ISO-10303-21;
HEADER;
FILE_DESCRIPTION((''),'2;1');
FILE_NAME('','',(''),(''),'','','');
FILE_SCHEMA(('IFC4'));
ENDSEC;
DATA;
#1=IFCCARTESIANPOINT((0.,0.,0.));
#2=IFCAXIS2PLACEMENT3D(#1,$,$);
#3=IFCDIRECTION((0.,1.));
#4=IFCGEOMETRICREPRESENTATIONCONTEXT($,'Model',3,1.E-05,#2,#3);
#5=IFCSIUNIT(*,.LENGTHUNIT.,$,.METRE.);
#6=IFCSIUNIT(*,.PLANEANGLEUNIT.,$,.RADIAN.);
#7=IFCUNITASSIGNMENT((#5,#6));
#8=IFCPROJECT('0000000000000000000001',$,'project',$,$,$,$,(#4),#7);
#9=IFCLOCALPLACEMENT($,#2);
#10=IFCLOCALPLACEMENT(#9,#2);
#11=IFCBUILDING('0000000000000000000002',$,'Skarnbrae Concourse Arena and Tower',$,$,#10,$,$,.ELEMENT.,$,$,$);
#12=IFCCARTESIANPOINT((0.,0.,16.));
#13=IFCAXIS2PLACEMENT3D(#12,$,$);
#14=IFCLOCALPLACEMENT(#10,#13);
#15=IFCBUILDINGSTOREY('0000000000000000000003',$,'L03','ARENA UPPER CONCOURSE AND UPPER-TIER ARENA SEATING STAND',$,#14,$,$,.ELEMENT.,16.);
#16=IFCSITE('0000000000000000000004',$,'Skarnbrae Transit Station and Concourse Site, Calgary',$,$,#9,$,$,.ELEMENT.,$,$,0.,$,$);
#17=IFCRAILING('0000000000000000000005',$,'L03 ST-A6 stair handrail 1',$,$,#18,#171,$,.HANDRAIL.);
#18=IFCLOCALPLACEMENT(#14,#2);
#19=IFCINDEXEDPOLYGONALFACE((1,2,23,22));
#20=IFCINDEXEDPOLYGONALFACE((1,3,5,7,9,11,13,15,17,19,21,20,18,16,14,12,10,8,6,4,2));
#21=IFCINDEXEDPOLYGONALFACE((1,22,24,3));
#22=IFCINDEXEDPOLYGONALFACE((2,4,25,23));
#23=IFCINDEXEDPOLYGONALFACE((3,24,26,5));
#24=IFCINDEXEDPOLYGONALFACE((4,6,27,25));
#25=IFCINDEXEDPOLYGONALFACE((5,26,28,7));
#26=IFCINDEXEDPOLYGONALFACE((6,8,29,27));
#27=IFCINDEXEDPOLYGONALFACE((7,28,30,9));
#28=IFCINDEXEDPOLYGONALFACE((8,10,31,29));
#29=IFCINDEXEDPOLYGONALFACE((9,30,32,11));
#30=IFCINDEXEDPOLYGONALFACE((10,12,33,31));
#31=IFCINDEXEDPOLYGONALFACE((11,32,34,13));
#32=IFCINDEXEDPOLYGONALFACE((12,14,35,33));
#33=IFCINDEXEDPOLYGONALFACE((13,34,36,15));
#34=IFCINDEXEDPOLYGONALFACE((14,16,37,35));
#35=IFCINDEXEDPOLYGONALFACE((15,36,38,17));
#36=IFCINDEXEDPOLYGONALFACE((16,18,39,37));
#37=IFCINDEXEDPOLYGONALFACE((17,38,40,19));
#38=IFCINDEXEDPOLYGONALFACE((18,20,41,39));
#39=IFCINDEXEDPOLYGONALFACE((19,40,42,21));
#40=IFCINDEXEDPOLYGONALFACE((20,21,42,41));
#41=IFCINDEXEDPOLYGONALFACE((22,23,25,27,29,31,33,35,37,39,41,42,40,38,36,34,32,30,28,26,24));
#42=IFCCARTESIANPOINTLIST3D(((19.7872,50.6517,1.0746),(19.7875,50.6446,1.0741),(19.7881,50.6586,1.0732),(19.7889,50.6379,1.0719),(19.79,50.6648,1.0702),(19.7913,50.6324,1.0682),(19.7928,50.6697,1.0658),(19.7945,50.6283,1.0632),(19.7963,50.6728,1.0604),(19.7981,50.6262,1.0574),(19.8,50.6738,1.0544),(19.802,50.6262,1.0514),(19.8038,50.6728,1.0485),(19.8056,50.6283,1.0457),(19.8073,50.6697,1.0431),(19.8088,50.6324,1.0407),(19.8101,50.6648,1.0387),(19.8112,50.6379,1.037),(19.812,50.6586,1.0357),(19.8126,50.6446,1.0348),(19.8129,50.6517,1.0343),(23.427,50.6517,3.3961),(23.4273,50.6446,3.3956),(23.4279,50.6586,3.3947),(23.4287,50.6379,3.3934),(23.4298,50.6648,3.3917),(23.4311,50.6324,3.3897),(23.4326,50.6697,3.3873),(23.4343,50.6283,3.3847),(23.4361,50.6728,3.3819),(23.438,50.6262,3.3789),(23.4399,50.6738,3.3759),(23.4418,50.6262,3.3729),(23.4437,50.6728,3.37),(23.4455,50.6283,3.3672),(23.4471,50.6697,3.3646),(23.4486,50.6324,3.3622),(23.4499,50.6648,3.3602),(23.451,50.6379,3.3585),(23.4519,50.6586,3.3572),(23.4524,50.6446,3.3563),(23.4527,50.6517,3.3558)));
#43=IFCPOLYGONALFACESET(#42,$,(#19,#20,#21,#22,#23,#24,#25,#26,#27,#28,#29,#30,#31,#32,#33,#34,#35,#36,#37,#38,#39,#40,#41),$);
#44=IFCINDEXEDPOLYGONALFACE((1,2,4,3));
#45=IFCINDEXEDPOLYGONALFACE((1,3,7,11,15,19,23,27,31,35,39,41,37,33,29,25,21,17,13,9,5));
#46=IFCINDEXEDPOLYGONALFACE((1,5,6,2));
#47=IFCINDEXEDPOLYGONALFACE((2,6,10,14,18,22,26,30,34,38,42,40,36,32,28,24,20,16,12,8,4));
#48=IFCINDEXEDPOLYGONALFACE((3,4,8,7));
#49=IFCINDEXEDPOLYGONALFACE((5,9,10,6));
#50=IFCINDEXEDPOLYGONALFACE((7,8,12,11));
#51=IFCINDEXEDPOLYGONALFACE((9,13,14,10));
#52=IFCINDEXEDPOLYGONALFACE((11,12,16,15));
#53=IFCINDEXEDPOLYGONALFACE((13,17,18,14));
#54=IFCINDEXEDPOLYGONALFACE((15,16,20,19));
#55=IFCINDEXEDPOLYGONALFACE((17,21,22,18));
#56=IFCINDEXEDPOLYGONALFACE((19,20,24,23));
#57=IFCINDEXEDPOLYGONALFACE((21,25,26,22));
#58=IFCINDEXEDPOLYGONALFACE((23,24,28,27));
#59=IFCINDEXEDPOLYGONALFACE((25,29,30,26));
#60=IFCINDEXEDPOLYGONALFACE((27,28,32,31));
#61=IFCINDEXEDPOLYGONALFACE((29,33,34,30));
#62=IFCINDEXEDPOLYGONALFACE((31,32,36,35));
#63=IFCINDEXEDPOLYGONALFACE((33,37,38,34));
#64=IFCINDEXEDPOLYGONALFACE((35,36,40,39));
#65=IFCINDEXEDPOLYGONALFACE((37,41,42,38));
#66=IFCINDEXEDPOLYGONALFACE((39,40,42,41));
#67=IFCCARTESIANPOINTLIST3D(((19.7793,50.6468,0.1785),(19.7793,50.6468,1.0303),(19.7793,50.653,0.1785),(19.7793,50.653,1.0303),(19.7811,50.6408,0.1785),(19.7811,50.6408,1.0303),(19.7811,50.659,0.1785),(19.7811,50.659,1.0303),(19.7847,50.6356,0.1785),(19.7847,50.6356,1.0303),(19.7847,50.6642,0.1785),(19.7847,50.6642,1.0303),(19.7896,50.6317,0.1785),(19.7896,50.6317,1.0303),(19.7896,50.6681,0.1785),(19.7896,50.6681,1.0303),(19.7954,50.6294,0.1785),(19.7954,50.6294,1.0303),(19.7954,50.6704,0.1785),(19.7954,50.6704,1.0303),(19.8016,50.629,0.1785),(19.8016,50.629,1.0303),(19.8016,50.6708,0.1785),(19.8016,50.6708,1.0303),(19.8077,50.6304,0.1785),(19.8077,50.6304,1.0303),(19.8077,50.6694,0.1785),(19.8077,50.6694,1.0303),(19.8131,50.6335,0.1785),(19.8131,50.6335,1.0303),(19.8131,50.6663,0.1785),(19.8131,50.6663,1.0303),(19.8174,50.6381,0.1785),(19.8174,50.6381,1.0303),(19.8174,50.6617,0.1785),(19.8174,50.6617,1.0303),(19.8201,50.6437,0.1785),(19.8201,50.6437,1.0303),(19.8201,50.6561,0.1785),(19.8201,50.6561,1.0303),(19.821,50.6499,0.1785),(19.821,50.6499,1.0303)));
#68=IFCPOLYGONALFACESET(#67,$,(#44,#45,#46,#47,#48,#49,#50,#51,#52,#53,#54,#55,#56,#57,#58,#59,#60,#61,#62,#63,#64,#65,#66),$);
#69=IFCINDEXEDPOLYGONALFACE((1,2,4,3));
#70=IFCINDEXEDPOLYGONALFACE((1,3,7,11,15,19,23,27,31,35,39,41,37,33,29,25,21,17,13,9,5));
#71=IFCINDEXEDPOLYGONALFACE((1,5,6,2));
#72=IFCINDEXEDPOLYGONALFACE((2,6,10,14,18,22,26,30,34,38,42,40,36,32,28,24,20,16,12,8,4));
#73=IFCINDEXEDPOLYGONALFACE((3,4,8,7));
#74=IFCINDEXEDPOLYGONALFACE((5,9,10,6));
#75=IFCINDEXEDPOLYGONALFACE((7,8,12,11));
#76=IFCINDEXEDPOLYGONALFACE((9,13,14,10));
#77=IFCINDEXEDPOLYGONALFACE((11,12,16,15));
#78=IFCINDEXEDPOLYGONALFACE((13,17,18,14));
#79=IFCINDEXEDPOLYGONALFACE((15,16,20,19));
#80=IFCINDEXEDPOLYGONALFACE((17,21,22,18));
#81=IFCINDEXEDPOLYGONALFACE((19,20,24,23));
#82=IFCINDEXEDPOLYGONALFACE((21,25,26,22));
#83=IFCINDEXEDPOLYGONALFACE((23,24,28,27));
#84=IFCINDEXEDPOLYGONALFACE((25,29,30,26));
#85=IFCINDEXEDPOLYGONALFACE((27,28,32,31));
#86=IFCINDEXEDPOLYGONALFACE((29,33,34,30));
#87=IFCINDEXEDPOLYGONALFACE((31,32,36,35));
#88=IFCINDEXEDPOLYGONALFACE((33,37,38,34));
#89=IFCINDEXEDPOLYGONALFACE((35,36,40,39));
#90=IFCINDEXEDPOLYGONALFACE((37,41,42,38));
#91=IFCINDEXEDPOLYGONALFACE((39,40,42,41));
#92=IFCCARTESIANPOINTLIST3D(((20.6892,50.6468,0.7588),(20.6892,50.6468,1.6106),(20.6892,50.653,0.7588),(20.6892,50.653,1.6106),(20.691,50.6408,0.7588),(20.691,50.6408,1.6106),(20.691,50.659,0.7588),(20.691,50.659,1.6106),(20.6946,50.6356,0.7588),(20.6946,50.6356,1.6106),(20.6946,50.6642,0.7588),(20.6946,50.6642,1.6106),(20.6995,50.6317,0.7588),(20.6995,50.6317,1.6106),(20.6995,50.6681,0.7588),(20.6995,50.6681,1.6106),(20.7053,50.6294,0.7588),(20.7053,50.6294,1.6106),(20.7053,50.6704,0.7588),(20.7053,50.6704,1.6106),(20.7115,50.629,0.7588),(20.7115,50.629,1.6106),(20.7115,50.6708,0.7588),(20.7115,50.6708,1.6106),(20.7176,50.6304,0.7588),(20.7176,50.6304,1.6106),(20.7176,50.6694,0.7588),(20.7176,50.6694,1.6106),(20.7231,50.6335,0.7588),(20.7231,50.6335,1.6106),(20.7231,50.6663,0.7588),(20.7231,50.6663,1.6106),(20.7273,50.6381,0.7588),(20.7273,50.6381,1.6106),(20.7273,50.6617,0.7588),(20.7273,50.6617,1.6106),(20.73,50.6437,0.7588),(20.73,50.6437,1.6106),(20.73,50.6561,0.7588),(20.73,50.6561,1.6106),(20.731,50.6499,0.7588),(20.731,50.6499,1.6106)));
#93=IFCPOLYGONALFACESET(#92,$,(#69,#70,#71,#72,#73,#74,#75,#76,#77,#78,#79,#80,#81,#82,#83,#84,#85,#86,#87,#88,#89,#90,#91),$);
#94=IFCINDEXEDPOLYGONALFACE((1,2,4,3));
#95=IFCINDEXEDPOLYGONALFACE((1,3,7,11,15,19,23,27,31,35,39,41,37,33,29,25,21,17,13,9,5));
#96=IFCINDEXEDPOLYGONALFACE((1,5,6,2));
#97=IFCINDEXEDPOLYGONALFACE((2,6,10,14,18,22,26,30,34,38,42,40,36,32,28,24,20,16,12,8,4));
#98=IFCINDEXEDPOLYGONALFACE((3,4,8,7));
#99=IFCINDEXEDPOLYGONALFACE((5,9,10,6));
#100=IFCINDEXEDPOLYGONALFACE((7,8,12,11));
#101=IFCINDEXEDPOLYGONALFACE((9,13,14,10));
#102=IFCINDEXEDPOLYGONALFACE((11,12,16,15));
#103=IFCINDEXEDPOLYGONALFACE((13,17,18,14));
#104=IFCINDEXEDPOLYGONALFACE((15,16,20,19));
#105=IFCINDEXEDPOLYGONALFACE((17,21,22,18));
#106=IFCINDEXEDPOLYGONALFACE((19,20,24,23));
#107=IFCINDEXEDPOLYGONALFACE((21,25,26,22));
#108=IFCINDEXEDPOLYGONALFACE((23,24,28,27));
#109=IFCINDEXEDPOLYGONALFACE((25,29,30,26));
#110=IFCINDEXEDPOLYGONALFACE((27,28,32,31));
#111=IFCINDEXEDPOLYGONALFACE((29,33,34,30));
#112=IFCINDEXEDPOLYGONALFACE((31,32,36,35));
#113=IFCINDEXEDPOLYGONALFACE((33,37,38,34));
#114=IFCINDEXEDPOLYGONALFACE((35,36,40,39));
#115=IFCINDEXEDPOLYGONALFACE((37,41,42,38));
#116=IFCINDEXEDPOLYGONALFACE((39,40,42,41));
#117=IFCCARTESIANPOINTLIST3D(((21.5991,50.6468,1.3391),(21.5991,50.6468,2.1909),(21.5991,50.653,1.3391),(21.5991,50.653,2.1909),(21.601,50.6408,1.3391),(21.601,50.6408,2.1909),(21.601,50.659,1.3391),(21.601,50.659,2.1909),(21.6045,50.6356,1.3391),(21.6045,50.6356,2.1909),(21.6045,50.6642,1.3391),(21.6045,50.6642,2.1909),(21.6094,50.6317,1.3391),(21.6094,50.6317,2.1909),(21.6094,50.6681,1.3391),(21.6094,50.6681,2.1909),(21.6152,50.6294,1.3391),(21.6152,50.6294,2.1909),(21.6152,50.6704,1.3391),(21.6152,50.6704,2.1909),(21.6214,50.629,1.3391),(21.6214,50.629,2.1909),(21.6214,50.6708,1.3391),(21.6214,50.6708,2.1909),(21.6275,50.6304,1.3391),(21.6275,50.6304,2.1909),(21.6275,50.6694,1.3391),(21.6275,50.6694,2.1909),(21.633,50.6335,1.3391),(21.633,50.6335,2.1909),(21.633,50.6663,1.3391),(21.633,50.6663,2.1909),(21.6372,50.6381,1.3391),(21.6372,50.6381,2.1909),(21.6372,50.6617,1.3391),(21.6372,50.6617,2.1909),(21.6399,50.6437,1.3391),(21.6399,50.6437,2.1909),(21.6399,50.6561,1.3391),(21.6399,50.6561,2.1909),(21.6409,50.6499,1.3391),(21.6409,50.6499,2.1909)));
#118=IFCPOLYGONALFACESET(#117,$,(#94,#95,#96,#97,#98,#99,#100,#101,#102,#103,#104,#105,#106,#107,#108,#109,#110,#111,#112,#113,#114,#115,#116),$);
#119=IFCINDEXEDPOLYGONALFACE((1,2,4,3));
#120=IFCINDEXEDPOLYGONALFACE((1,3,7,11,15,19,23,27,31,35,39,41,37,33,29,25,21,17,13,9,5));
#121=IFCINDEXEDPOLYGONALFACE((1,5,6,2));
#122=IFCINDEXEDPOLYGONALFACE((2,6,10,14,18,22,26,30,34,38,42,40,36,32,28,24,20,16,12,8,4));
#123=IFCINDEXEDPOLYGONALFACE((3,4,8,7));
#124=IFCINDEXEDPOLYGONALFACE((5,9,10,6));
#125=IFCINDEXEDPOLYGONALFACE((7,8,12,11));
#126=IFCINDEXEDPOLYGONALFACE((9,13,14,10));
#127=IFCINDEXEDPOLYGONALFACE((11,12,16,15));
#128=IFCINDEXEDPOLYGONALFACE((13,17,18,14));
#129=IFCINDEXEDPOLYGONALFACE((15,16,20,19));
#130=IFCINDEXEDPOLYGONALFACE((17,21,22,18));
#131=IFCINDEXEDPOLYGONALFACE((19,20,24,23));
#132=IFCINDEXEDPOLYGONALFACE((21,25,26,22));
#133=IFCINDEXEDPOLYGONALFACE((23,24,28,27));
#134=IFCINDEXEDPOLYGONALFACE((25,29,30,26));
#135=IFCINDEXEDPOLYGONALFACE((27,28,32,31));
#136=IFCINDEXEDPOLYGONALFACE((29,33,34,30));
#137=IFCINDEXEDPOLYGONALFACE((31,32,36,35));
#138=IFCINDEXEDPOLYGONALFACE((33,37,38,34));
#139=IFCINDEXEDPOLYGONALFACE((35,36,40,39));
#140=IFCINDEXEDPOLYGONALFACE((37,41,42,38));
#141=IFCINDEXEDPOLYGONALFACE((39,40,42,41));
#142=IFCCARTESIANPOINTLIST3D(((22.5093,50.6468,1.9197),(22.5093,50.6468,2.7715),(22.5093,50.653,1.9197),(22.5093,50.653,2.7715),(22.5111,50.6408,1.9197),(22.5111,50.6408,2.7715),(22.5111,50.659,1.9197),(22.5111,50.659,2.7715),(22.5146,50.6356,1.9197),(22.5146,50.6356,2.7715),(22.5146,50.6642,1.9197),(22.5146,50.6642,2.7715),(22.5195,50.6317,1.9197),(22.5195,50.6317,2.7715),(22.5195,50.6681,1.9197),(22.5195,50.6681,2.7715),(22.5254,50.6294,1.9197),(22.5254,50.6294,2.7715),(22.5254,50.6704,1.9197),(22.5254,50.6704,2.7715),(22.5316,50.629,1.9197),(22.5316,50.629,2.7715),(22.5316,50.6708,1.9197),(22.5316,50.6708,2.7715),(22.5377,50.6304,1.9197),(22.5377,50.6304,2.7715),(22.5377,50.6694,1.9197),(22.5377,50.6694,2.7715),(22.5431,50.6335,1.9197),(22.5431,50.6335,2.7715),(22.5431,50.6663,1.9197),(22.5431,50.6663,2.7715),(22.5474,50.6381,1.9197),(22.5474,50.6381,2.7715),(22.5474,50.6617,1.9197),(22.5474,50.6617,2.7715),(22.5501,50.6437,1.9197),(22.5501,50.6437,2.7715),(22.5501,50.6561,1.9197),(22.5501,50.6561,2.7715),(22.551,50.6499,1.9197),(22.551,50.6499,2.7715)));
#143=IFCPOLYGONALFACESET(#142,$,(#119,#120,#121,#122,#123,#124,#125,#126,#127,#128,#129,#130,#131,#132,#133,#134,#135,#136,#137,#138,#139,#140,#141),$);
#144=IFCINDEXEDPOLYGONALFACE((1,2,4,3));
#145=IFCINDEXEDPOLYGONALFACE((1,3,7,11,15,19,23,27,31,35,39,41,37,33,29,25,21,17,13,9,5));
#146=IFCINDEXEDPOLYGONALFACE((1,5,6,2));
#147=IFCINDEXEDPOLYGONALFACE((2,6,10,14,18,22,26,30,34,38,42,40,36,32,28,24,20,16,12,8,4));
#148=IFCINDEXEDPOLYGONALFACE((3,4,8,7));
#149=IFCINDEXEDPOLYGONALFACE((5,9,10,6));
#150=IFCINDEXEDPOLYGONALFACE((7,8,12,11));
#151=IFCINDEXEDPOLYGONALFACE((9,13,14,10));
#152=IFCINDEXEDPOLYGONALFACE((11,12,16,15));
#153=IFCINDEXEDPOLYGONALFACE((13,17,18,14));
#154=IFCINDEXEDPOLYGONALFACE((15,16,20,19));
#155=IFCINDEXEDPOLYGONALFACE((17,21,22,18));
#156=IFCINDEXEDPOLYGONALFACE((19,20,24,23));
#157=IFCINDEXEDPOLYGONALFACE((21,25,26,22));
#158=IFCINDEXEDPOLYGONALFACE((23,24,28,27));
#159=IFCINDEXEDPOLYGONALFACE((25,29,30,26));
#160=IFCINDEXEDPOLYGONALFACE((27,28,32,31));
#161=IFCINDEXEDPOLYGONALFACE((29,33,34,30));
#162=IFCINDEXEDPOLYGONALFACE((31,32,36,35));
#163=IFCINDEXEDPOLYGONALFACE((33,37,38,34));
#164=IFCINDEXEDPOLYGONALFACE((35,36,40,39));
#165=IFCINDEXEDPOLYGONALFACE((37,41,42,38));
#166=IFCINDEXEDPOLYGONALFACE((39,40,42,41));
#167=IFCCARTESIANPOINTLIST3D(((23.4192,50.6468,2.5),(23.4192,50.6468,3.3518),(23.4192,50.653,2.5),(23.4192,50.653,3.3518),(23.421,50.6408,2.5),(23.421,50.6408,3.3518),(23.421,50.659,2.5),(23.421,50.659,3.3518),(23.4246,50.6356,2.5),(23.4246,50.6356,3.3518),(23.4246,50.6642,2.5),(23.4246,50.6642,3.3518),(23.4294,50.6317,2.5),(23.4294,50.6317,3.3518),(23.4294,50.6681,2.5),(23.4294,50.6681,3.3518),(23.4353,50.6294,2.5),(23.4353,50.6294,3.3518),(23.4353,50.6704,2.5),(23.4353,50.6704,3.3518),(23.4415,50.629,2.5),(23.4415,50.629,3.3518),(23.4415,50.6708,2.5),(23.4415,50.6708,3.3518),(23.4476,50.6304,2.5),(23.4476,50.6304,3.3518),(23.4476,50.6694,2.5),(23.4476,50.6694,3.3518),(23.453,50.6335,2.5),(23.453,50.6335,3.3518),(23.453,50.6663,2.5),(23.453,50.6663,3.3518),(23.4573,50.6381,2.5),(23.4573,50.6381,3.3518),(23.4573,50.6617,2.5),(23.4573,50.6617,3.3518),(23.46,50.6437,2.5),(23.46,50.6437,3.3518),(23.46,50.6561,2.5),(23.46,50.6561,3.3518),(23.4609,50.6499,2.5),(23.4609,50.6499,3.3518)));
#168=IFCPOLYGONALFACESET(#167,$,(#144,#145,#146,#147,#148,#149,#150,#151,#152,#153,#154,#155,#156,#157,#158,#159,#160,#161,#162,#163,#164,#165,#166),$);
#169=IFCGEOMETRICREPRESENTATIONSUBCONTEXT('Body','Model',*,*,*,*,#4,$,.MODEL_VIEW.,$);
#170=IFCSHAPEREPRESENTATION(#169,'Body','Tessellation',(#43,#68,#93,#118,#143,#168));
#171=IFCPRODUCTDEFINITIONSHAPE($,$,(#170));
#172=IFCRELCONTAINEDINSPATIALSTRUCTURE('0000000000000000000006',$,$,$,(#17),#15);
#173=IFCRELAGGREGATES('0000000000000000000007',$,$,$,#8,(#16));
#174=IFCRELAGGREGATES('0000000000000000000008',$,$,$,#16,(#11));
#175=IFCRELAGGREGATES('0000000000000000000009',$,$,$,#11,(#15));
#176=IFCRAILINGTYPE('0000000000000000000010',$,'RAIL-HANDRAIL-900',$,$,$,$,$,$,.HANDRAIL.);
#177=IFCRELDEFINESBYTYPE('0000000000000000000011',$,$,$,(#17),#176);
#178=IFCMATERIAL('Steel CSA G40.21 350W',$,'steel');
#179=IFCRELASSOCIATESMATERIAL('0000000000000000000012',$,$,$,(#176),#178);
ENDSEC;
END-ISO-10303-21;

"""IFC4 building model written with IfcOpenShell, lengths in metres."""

from ifc_helpers import new_model, si_unit, direction, frame, origin, origin_2d, place, context, subcontext, project, spatial, circle, extrude, material, type_object, element, save


model = new_model("IFC4")

# Units and contexts
model_context = context("Model", 3, precision=1e-05, world=origin(), true_north=direction((0.0, 1.0)))
body_context = subcontext(model_context, "Body", "Model", "MODEL_VIEW")
ifc_project = project(units=[si_unit("LENGTHUNIT", "METRE"), si_unit("PLANEANGLEUNIT", "RADIAN")], contexts=[model_context])

# Site, building, storey
site_placement = place(None, origin())
site = spatial("IfcSite", under=ifc_project, at=site_placement, Name="Skarnbrae Transit Station and Concourse Site, Calgary", CompositionType="ELEMENT", RefElevation=0.0)
building_placement = place(site_placement, origin())
building = spatial("IfcBuilding", under=site, at=building_placement, Name="Skarnbrae Concourse Arena and Tower", CompositionType="ELEMENT")
storey_placement = place(building_placement, frame((0.0, 0.0, 16.0)))
storey = spatial("IfcBuildingStorey", under=building, at=storey_placement, Name="L03", Description="ARENA UPPER CONCOURSE AND UPPER-TIER ARENA SEATING STAND", CompositionType="ELEMENT", Elevation=16.0)

# Shared definitions
ifc_material_1 = material(Name="Steel CSA G40.21 350W", Category="steel")

# Railing
railing_type_1 = type_object("IfcRailingType", Name="RAIL-HANDRAIL-900", PredefinedType="HANDRAIL", material=ifc_material_1)
railing_1_placement = place(storey_placement, frame((19.8, 50.6499, 0.1785)))
element("IfcRailing", 1, at=railing_1_placement, inside=storey, type_object=railing_type_1, Name="L03 ST-A6 stair handrail 1", PredefinedType="HANDRAIL", context=body_context, shape_type="SweptSolid", body=[
    extrude(circle(Radius=0.0239, at=origin_2d()), frame((0.0, 0.0, 0.876), z_axis=(0.843112, 0.0, 0.537739), x_axis=(0.0, 1.0, 0.0)), (0.0, 0.0, 1.0), 4.3171),
    extrude(circle(Radius=0.021, at=origin_2d()), origin(), (0.0, 0.0, 1.0), 0.8518),
    extrude(circle(Radius=0.021, at=origin_2d()), frame((0.9099, 0.0, 0.5803)), (0.0, 0.0, 1.0), 0.8518),
    extrude(circle(Radius=0.021, at=origin_2d()), frame((1.8198, 0.0, 1.1606)), (0.0, 0.0, 1.0), 0.8518),
    extrude(circle(Radius=0.021, at=origin_2d()), frame((2.73, 0.0, 1.7412)), (0.0, 0.0, 1.0), 0.8518),
    extrude(circle(Radius=0.021, at=origin_2d()), frame((3.6399, 0.0, 2.3215)), (0.0, 0.0, 1.0), 0.8518),
])

save(model, "model.ifc")
